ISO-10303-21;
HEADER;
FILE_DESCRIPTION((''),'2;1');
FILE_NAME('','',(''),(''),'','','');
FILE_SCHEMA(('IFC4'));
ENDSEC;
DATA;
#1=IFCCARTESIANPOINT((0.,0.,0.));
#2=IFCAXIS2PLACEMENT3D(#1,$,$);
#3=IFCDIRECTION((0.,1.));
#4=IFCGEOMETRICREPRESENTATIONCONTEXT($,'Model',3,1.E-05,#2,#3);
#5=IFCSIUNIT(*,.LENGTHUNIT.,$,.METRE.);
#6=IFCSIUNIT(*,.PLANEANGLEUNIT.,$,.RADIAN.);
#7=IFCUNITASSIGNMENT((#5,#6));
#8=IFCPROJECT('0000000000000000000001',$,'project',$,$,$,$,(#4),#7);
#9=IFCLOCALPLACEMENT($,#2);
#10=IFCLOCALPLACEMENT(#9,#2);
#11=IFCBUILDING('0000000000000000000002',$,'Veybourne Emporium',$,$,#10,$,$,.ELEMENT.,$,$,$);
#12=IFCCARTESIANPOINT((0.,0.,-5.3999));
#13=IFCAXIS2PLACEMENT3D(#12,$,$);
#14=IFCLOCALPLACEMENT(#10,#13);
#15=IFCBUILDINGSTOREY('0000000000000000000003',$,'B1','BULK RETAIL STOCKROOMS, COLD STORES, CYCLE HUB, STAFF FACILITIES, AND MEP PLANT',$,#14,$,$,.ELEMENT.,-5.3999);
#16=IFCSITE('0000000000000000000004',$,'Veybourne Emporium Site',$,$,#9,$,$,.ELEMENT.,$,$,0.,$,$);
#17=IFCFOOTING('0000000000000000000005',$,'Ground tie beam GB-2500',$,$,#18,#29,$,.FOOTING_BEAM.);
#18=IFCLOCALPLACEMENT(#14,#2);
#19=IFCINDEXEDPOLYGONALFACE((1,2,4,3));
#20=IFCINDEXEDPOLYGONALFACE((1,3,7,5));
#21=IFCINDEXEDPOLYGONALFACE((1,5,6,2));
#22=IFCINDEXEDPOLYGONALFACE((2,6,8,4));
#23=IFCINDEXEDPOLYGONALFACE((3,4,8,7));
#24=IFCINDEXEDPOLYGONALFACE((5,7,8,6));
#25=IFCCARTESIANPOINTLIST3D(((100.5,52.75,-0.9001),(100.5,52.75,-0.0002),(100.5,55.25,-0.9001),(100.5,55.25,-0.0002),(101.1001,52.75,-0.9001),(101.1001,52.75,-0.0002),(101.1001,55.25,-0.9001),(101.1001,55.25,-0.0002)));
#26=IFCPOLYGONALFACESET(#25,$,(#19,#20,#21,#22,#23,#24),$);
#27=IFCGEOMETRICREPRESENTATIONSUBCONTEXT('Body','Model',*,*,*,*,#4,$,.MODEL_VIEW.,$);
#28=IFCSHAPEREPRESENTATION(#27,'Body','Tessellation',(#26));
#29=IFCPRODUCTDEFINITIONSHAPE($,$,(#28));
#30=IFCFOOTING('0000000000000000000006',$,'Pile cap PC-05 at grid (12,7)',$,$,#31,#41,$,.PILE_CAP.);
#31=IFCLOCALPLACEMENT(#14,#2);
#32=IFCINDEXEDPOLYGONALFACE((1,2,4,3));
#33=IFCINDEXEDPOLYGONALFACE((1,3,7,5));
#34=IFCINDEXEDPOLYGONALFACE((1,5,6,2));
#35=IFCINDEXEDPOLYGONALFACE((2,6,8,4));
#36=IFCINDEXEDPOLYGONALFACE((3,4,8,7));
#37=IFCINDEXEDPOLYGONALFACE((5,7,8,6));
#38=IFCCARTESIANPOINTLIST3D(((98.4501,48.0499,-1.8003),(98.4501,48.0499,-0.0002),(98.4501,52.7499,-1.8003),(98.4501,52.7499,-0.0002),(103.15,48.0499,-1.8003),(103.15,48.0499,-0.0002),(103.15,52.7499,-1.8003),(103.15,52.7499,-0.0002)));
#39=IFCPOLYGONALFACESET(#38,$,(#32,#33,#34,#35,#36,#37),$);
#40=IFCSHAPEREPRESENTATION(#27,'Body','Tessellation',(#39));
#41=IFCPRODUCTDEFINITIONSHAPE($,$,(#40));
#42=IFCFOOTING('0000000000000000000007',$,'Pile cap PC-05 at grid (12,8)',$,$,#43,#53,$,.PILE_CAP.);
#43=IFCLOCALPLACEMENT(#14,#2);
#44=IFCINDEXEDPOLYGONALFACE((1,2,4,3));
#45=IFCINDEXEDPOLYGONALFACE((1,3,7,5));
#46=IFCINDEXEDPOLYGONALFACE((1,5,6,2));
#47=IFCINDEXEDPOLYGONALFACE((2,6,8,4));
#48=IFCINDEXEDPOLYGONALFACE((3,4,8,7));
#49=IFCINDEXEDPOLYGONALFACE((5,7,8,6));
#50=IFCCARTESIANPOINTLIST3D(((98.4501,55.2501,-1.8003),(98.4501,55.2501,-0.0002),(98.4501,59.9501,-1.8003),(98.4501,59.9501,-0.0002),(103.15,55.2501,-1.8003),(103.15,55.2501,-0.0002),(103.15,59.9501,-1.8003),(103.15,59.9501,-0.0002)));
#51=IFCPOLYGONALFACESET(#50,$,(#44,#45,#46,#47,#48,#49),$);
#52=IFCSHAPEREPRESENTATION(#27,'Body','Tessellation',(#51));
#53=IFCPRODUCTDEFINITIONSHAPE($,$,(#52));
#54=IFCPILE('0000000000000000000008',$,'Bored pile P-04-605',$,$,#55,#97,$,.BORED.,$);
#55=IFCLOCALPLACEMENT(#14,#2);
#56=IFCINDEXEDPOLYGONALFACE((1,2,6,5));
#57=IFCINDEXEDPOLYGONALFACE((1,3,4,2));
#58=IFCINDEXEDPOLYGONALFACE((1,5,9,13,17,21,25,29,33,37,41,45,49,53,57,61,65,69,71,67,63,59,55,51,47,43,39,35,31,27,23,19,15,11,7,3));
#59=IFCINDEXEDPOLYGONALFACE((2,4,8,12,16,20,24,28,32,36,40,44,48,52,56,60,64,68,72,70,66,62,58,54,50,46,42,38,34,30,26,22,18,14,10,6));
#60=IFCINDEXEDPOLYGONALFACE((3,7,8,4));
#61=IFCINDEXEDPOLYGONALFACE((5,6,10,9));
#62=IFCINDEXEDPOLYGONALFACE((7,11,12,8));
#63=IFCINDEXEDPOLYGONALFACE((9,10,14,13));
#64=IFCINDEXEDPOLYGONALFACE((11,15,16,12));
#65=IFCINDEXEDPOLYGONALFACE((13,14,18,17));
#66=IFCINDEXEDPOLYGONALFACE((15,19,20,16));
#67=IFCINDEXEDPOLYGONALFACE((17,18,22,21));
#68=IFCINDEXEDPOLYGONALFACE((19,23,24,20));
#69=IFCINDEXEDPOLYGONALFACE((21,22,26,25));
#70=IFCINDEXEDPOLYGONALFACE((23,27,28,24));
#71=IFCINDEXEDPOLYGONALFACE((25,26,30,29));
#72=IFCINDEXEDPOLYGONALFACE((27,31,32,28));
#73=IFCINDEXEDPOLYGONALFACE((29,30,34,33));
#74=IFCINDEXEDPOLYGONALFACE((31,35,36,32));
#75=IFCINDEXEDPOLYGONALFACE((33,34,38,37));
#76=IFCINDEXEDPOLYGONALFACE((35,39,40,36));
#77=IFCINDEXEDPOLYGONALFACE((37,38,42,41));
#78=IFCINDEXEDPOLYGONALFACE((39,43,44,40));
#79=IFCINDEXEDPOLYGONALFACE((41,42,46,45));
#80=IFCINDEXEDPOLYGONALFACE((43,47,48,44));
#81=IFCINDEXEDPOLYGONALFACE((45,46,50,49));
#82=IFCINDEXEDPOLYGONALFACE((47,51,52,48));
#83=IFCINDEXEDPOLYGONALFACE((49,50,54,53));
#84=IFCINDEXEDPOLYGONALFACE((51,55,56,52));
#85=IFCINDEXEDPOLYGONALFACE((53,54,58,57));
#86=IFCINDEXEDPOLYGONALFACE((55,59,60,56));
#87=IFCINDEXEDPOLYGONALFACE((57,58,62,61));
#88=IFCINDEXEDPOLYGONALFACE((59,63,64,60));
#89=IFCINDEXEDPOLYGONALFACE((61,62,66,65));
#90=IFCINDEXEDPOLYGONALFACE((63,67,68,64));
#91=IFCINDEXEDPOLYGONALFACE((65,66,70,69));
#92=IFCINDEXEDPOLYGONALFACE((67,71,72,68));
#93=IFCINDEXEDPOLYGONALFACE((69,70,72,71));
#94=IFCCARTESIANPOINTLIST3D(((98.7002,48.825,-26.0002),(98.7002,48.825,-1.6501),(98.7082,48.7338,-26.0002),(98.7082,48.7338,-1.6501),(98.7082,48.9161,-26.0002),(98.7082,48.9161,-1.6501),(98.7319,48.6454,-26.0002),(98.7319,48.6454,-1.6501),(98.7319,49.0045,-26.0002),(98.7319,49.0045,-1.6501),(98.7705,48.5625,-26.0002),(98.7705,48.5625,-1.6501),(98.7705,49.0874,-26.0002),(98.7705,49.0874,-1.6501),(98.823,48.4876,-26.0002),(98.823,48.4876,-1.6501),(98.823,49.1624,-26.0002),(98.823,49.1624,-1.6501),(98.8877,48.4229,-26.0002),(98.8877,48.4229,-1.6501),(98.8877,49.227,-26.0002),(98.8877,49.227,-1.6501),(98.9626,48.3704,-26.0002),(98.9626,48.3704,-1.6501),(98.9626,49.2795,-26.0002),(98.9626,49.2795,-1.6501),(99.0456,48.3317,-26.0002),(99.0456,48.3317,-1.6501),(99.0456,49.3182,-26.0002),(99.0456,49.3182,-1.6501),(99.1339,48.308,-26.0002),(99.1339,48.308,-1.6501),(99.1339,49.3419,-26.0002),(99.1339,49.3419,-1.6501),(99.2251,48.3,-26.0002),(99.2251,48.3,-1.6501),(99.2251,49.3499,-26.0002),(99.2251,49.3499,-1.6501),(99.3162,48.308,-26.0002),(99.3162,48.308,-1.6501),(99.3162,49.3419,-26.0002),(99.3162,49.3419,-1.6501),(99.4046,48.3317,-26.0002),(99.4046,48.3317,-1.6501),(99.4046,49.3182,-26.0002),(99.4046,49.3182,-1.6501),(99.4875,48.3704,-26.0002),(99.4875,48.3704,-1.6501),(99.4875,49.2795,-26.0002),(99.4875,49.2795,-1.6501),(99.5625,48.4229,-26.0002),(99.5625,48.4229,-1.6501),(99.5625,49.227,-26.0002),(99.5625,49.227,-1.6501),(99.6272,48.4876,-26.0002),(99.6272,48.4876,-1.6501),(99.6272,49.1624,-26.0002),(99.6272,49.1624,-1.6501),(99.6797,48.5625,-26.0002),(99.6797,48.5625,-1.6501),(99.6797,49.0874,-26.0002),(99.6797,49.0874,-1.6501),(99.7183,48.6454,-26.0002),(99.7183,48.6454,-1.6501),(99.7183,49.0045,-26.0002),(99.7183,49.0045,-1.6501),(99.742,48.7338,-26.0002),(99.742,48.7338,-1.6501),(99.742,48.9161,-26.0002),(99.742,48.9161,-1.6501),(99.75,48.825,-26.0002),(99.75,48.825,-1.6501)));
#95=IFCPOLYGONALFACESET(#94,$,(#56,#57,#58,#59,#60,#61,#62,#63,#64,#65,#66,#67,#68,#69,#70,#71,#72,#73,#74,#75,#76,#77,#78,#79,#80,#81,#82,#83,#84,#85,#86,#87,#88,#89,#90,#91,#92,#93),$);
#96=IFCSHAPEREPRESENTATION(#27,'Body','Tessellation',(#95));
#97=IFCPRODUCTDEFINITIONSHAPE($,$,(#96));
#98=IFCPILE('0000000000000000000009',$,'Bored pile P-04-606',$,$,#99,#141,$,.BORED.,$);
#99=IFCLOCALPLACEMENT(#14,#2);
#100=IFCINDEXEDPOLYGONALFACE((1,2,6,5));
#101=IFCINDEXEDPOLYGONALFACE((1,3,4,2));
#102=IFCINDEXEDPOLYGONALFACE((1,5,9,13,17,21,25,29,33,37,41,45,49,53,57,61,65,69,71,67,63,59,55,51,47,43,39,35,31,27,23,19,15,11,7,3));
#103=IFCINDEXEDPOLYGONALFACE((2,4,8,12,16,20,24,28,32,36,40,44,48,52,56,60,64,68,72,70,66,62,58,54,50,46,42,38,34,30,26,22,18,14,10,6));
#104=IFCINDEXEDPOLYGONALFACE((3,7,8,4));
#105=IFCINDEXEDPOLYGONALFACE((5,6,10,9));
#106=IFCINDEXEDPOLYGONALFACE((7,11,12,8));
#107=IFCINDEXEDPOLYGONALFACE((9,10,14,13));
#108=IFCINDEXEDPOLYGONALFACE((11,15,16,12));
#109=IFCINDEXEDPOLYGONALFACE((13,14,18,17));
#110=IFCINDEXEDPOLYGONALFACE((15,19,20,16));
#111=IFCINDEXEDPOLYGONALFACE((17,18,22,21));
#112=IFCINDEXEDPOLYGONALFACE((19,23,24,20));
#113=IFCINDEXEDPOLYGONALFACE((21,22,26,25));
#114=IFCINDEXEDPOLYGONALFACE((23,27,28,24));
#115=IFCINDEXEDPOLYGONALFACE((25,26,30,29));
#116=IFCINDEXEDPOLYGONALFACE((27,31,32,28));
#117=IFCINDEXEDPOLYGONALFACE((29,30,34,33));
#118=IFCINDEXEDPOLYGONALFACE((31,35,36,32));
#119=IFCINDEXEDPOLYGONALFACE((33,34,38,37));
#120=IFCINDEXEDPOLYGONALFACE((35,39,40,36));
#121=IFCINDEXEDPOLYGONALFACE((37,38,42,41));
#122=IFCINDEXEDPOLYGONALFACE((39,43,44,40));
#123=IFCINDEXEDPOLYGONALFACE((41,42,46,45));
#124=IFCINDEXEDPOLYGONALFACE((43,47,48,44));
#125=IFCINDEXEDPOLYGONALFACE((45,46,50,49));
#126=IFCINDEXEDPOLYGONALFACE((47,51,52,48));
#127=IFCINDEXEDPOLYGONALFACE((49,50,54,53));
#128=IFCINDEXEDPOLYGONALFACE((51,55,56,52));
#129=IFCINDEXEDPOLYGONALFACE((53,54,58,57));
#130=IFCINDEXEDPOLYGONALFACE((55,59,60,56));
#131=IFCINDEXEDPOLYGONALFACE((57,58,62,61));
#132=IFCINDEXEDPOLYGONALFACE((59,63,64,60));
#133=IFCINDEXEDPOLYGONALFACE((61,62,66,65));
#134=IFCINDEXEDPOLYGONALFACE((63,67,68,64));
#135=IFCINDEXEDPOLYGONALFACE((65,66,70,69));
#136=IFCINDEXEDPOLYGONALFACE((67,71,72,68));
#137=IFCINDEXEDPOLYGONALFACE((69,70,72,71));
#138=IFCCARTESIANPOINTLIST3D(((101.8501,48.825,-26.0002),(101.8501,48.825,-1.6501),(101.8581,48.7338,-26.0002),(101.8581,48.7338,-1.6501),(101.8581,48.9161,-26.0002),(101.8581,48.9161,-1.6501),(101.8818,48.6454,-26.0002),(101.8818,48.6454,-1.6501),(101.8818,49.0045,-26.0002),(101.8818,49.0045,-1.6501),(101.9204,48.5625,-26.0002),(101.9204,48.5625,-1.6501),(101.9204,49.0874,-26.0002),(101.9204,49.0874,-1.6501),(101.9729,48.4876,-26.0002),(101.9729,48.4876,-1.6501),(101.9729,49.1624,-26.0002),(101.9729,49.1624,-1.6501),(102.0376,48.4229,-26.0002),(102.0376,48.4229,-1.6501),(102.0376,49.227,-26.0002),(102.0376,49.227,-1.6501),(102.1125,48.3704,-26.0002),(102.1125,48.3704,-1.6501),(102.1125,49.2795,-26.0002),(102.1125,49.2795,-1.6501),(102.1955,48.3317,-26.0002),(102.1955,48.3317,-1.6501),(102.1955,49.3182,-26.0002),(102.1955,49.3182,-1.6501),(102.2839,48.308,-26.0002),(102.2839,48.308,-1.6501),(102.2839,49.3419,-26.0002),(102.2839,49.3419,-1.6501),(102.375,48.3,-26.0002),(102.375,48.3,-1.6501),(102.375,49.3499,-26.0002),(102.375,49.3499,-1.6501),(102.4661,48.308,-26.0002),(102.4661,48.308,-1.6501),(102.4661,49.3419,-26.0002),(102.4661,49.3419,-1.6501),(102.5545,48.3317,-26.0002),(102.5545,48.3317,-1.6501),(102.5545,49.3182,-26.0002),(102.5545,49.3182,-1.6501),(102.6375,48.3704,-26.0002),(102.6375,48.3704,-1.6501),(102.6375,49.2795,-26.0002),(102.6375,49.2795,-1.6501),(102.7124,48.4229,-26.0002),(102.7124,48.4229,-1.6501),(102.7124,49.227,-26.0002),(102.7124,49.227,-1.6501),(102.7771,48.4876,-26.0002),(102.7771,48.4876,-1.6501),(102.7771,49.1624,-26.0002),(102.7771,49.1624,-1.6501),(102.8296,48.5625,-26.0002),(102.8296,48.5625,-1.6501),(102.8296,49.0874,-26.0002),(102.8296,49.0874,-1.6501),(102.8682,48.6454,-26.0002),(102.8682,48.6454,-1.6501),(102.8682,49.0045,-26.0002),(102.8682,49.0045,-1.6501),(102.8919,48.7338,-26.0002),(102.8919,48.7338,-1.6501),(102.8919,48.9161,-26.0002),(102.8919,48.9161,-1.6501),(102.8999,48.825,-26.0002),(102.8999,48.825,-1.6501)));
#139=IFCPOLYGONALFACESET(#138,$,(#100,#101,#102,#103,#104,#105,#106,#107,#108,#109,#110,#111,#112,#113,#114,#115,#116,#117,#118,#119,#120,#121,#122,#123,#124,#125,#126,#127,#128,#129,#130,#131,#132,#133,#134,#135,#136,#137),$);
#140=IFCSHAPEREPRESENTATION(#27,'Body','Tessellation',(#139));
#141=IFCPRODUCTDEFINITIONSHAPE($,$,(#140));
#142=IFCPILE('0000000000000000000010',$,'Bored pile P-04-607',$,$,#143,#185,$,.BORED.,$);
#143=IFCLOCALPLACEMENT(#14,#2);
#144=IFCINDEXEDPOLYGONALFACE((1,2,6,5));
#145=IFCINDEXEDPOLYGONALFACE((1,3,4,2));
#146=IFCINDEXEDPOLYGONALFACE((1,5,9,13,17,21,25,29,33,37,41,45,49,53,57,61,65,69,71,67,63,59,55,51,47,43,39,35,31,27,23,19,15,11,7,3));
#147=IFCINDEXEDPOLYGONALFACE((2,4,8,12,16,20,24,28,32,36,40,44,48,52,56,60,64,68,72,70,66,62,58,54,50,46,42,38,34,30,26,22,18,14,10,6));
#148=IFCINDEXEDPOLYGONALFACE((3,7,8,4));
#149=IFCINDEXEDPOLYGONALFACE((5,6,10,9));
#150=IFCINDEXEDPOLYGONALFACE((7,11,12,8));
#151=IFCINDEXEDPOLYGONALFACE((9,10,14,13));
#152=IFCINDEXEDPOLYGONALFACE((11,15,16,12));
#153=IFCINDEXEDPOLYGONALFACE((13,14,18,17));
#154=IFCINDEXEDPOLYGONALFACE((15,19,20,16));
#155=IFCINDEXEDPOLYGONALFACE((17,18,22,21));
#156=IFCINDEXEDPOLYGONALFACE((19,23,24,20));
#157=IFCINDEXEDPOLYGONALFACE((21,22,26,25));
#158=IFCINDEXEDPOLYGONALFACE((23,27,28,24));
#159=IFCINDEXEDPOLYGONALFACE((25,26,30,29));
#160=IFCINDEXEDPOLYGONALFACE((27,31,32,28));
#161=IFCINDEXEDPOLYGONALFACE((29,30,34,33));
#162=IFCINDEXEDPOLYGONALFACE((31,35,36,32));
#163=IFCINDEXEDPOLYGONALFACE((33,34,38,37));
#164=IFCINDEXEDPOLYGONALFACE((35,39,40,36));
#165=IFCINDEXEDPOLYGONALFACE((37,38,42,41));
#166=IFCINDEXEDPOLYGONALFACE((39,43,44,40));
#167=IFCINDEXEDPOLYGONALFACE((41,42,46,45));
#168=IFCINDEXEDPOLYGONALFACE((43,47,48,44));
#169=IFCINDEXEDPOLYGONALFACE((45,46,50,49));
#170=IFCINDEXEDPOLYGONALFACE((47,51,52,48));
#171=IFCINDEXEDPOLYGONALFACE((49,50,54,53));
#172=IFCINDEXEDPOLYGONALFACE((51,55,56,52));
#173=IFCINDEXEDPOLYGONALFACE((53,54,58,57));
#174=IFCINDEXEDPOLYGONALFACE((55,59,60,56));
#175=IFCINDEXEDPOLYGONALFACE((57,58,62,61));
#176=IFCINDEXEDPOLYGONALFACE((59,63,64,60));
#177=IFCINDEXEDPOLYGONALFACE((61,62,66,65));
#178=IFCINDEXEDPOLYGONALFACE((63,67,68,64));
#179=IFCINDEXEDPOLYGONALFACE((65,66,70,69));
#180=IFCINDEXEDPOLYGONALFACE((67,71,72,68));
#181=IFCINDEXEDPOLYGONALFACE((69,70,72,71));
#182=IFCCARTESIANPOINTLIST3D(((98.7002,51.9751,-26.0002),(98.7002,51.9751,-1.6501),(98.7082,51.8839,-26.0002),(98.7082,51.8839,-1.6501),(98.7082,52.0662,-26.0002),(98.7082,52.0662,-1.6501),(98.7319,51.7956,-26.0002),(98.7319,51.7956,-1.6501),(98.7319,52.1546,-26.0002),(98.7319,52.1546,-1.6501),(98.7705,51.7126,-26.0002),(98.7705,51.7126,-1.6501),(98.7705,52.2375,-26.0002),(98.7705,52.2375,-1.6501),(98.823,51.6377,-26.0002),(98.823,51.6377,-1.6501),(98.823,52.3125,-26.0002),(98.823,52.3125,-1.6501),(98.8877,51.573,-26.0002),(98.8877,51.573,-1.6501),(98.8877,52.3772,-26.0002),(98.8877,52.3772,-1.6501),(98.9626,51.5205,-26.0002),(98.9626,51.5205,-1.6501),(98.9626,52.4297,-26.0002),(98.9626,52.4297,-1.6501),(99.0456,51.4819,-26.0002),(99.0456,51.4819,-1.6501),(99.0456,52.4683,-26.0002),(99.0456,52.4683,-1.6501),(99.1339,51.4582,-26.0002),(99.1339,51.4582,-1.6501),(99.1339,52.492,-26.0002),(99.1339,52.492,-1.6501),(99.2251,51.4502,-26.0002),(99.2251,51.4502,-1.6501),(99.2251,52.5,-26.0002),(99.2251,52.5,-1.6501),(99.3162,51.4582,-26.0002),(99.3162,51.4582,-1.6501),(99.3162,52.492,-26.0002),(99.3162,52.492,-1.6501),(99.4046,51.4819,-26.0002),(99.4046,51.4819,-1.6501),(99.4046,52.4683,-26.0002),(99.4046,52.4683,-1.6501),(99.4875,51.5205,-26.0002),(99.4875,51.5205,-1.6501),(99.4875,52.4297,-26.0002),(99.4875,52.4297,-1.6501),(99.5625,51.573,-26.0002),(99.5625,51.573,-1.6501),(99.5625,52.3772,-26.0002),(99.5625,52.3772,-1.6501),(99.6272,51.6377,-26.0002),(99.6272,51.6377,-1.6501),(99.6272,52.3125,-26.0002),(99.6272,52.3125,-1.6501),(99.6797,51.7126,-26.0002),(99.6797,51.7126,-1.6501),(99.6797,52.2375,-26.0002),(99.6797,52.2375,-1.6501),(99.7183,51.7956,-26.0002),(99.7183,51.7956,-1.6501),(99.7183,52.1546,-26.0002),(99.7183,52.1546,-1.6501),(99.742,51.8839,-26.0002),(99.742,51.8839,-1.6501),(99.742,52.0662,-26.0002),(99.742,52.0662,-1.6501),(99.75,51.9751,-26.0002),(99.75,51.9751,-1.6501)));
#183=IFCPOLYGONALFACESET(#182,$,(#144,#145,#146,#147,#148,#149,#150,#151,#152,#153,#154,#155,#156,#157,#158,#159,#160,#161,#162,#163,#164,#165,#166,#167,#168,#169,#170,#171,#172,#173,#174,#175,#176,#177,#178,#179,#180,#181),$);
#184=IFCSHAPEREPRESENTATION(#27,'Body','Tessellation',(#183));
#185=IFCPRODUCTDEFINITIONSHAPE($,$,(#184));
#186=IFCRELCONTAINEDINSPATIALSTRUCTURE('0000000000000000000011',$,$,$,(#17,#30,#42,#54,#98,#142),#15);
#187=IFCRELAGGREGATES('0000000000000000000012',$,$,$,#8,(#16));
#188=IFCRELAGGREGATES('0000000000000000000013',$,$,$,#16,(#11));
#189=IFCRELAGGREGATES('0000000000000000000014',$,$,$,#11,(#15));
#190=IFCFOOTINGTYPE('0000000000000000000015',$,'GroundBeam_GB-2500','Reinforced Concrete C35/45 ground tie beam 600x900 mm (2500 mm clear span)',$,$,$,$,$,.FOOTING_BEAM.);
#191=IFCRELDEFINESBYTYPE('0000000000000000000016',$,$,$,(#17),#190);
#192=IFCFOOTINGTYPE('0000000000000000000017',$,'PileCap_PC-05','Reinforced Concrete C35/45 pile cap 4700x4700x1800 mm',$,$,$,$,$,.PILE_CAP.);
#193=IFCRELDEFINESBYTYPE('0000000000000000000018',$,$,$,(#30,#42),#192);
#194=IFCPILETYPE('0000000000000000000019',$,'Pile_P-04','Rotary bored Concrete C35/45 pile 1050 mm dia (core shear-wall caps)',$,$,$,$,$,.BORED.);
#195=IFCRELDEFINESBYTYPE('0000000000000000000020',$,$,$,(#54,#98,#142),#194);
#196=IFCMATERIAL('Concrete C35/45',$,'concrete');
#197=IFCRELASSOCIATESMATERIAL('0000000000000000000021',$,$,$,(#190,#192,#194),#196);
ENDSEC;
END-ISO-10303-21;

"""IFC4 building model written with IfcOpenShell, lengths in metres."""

from ifc_helpers import new_model, si_unit, direction, frame, origin, origin_2d, place, context, subcontext, project, spatial, rectangle, circle, extrude, material, material_profile, profile_set, type_object, element, save


model = new_model("IFC4")

# Units and contexts
model_context = context("Model", 3, precision=1e-05, world=origin(), true_north=direction((0.0, 1.0)))
body_context = subcontext(model_context, "Body", "Model", "MODEL_VIEW")
ifc_project = project(units=[si_unit("LENGTHUNIT", "METRE"), si_unit("PLANEANGLEUNIT", "RADIAN")], contexts=[model_context])

# Site, building, storey
site_placement = place(None, origin())
site = spatial("IfcSite", under=ifc_project, at=site_placement, Name="Veybourne Emporium Site", CompositionType="ELEMENT", RefElevation=0.0)
building_placement = place(site_placement, origin())
building = spatial("IfcBuilding", under=site, at=building_placement, Name="Veybourne Emporium", CompositionType="ELEMENT")
storey_placement = place(building_placement, frame((0.0, 0.0, -5.3999)))
storey = spatial("IfcBuildingStorey", under=building, at=storey_placement, Name="B1", Description="BULK RETAIL STOCKROOMS, COLD STORES, CYCLE HUB, STAFF FACILITIES, AND MEP PLANT", CompositionType="ELEMENT", Elevation=-5.3999)

# Footings
ifc_material_1 = material(Name="Concrete C35/45", Category="concrete")
footing_type_1 = type_object("IfcFootingType", Name="GroundBeam_GB-2500", Description="Reinforced Concrete C35/45 ground tie beam 600x900 mm (2500 mm clear span)", PredefinedType="FOOTING_BEAM", material=ifc_material_1)
footing_placement = place(storey_placement, frame((100.8, 54.0, -0.9001), z_axis=(0.0, 0.0, 1.0), x_axis=(0.0, 1.0, 0.0)))
element("IfcFooting", 1, at=footing_placement, inside=storey, type_object=footing_type_1, Name="Ground tie beam GB-2500", PredefinedType="FOOTING_BEAM", context=body_context, shape_type="SweptSolid", body=[
    extrude(rectangle(XDim=2.5, YDim=0.6001, at=origin_2d()), origin(), (0.0, 0.0, 1.0), 0.8999),
])
footing_type_2 = type_object("IfcFootingType", Name="PileCap_PC-05", Description="Reinforced Concrete C35/45 pile cap 4700x4700x1800 mm", PredefinedType="PILE_CAP", material=ifc_material_1)
for number, where, z_axis, x_axis, name in (
    (2, (100.8, 50.3999, -1.8003), (0.0, 0.0, 1.0), (1.0, 0.0, 0.0), "Pile cap PC-05 at grid (12,7)"),
    (3, (100.8, 57.6001, -1.8003), (0.0, 0.0, 1.0), (1.0, 0.0, 0.0), "Pile cap PC-05 at grid (12,8)"),
):
    element("IfcFooting", number, at=place(storey_placement, frame(where, z_axis=z_axis, x_axis=x_axis)), inside=storey, type_object=footing_type_2, Name=name, PredefinedType="PILE_CAP", context=body_context, shape_type="SweptSolid", body=[
        extrude(rectangle(XDim=4.7, YDim=4.7, at=origin_2d()), origin(), (0.0, 0.0, 1.0), 1.8),
    ])

# Piles
ifc_material_profile_1 = material_profile(ifc_material_1, circle(Radius=0.5249, at=origin_2d()), Name="BORED PILE 1050")
ifc_profile_set_1 = profile_set([ifc_material_profile_1], Name="Concrete C35/45")
pile_type = type_object("IfcPileType", Name="Pile_P-04", Description="Rotary bored Concrete C35/45 pile 1050 mm dia (core shear-wall caps)", PredefinedType="BORED", material=ifc_profile_set_1)
for number, where, z_axis, x_axis, name in (
    (4, (99.2251, 48.825, -1.6501), (0.0, 0.0, -1.0), (1.0, 0.0, 0.0), "Bored pile P-04-605"),
    (5, (102.375, 48.825, -1.6501), (0.0, 0.0, -1.0), (1.0, 0.0, 0.0), "Bored pile P-04-606"),
    (6, (99.2251, 51.9751, -1.6501), (0.0, 0.0, -1.0), (1.0, 0.0, 0.0), "Bored pile P-04-607"),
):
    element("IfcPile", number, at=place(storey_placement, frame(where, z_axis=z_axis, x_axis=x_axis)), inside=storey, type_object=pile_type, Name=name, PredefinedType="BORED", context=body_context, shape_type="SweptSolid", body=[
        extrude(circle(Radius=0.5249, at=origin_2d()), origin(), (0.0, 0.0, 1.0), 24.3501),
    ])

save(model, "model.ifc")
